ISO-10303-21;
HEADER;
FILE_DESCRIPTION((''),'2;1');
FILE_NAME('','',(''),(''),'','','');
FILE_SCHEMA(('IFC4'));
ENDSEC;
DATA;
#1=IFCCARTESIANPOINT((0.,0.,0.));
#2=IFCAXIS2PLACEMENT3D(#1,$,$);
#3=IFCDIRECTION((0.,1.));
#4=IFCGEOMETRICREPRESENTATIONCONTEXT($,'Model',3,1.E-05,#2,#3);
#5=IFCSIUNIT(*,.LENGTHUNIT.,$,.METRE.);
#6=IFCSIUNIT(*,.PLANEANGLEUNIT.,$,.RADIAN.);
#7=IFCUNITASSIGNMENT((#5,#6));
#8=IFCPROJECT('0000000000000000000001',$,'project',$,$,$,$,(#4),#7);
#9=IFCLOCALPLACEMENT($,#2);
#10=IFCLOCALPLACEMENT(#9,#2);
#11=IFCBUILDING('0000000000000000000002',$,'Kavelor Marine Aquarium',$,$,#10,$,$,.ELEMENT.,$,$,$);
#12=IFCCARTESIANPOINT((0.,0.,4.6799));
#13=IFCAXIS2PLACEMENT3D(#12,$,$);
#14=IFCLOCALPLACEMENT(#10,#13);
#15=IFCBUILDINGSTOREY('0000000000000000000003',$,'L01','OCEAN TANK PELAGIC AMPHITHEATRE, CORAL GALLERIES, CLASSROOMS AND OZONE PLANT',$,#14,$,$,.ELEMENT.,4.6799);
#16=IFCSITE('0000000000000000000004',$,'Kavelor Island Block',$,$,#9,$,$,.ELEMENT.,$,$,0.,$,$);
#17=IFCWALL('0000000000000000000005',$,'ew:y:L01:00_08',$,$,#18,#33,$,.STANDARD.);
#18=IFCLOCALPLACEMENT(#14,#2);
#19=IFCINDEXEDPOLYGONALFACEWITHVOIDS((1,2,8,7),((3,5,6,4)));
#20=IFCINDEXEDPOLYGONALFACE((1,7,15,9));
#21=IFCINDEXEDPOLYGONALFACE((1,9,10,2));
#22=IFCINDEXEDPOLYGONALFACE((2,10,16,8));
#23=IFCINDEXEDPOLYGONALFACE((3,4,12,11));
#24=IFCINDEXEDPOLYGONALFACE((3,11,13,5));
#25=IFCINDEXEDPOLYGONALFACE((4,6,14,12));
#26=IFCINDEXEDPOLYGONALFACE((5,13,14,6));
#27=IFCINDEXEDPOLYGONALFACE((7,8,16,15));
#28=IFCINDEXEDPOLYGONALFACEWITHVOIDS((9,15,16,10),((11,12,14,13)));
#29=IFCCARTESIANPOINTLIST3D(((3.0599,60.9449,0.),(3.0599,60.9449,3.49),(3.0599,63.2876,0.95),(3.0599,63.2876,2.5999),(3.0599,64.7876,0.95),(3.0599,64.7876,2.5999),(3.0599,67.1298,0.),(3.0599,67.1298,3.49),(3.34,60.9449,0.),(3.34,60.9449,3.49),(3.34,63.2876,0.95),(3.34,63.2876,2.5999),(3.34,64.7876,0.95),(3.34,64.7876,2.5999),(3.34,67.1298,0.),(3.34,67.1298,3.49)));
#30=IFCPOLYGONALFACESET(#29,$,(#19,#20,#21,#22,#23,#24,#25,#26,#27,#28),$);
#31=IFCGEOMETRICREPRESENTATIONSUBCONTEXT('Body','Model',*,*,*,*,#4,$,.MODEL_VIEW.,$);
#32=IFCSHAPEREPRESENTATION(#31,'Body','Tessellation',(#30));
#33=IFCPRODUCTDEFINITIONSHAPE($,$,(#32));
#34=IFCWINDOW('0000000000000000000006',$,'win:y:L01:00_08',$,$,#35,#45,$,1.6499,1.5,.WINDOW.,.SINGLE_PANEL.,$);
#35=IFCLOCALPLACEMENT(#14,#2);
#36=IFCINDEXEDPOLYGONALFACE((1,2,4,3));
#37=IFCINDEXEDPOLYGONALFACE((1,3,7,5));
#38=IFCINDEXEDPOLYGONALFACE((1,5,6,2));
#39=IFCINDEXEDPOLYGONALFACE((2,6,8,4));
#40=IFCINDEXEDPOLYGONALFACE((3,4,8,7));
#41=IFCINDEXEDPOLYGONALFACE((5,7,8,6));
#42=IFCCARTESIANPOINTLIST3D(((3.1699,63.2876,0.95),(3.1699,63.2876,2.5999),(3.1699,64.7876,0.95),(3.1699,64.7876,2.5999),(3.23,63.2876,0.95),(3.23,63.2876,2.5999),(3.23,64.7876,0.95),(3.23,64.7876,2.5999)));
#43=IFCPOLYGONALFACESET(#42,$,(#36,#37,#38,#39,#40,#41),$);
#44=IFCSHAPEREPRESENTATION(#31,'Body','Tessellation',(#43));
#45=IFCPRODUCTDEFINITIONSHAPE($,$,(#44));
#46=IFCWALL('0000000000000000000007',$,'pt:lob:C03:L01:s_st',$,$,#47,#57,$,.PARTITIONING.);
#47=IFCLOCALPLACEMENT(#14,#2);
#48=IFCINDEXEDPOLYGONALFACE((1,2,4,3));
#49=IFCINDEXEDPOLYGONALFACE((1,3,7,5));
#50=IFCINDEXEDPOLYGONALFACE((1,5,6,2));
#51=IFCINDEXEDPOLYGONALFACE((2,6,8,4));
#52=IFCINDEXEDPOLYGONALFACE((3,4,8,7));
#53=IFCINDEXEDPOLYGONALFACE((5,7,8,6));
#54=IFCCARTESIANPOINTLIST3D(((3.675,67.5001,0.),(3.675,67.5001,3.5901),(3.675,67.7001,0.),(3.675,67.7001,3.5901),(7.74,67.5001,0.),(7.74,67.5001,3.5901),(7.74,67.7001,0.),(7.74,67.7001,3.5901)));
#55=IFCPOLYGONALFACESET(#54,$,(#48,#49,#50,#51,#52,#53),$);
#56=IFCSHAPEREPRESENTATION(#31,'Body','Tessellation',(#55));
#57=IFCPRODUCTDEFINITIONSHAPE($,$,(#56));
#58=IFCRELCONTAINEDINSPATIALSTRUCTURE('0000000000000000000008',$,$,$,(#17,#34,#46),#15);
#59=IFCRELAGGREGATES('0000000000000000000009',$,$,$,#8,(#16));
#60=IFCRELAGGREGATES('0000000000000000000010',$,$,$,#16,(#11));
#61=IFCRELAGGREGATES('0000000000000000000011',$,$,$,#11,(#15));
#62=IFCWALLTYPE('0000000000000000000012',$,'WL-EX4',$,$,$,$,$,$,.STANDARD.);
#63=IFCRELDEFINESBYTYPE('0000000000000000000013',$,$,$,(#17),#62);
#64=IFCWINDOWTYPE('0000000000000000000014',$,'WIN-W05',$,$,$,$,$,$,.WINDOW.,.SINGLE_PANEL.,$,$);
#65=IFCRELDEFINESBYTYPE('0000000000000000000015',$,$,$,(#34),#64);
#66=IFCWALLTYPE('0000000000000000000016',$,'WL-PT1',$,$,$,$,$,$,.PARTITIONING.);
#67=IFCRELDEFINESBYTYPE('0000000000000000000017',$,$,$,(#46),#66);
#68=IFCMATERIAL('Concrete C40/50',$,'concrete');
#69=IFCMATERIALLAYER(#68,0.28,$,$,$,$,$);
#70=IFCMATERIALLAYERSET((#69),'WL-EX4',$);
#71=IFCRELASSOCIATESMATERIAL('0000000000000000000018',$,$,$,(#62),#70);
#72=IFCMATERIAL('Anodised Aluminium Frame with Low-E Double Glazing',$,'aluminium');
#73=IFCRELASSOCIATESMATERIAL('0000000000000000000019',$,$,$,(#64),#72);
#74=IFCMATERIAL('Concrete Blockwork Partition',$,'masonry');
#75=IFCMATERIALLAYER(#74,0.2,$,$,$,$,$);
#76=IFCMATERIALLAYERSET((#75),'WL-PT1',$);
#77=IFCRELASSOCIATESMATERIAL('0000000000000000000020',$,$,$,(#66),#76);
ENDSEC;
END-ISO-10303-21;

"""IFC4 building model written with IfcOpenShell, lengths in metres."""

from ifc_helpers import new_model, si_unit, direction, frame, frame_2d, origin, place, context, subcontext, project, spatial, rectangle, extrude, material, layer, layer_set, type_object, element, fill, save


model = new_model("IFC4")

# Units and contexts
model_context = context("Model", 3, precision=1e-05, world=origin(), true_north=direction((0.0, 1.0)))
body_context = subcontext(model_context, "Body", "Model", "MODEL_VIEW")
ifc_project = project(units=[si_unit("LENGTHUNIT", "METRE"), si_unit("PLANEANGLEUNIT", "RADIAN")], contexts=[model_context])

# Site, building, storey
site_placement = place(None, origin())
site = spatial("IfcSite", under=ifc_project, at=site_placement, Name="Kavelor Island Block", CompositionType="ELEMENT", RefElevation=0.0)
building_placement = place(site_placement, origin())
building = spatial("IfcBuilding", under=site, at=building_placement, Name="Kavelor Marine Aquarium", CompositionType="ELEMENT")
storey_placement = place(building_placement, frame((0.0, 0.0, 4.6799)))
storey = spatial("IfcBuildingStorey", under=building, at=storey_placement, Name="L01", Description="OCEAN TANK PELAGIC AMPHITHEATRE, CORAL GALLERIES, CLASSROOMS AND OZONE PLANT", CompositionType="ELEMENT", Elevation=4.6799)

# Wall, opening, window
ifc_material_1 = material(Name="Concrete C40/50", Category="concrete")
ifc_layer_1 = layer(ifc_material_1, 0.28)
ifc_layer_set_1 = layer_set([ifc_layer_1], Name="WL-EX4")
wall_type_1 = type_object("IfcWallType", Name="WL-EX4", PredefinedType="STANDARD", material=ifc_layer_set_1)
wall_1_placement = place(storey_placement, frame((3.2, 60.9451, 0.0), z_axis=(0.0, 0.0, 1.0), x_axis=(0.0, 1.0, 0.0)))
wall_1 = element("IfcWall", 1, at=wall_1_placement, inside=storey, type_object=wall_type_1, Name="ew:y:L01:00_08", PredefinedType="STANDARD", context=body_context, shape_type="SweptSolid", body=[
    extrude(rectangle(XDim=6.1848, YDim=0.28, at=frame_2d((3.0923, 0.0))), origin(), (0.0, 0.0, 1.0), 3.49),
])
opening_placement = place(wall_1_placement, frame((2.3425, 0.0, 0.95)))
opening = element("IfcOpeningElement", 2, at=opening_placement, cuts=wall_1, PredefinedType="OPENING", context=body_context, shape_type="SweptSolid", body=[
    extrude(rectangle(XDim=1.5, YDim=1.6499, at=frame_2d((0.75, 0.825))), frame((0.0, 0.1499, 0.0), z_axis=(0.0, -1.0, 0.0), x_axis=(1.0, 0.0, 0.0)), (0.0, 0.0, 1.0), 0.3),
])
ifc_material_2 = material(Name="Anodised Aluminium Frame with Low-E Double Glazing", Category="aluminium")
window_type = type_object("IfcWindowType", Name="WIN-W05", PartitioningType="SINGLE_PANEL", PredefinedType="WINDOW", material=ifc_material_2)
window_placement = place(opening_placement, origin())
window = element("IfcWindow", 3, at=window_placement, inside=storey, type_object=window_type, Name="win:y:L01:00_08", OverallHeight=1.6499, OverallWidth=1.5, PartitioningType="SINGLE_PANEL", PredefinedType="WINDOW", context=body_context, shape_type="SweptSolid", body=[
    extrude(rectangle(XDim=1.5, YDim=1.6499, at=frame_2d((0.75, 0.825))), frame((0.0, 0.03, 0.0), z_axis=(0.0, -1.0, 0.0), x_axis=(1.0, 0.0, 0.0)), (0.0, 0.0, 1.0), 0.0601),
])
fill(opening, window)

# Wall
ifc_material_3 = material(Name="Concrete Blockwork Partition", Category="masonry")
ifc_layer_2 = layer(ifc_material_3, 0.2)
ifc_layer_set_2 = layer_set([ifc_layer_2], Name="WL-PT1")
wall_type_2 = type_object("IfcWallType", Name="WL-PT1", PredefinedType="PARTITIONING", material=ifc_layer_set_2)
wall_2_placement = place(storey_placement, frame((3.675, 67.6001, 0.0), z_axis=(0.0, 0.0, 1.0), x_axis=(1.0, 0.0, 0.0)))
element("IfcWall", 4, at=wall_2_placement, inside=storey, type_object=wall_type_2, Name="pt:lob:C03:L01:s_st", PredefinedType="PARTITIONING", context=body_context, shape_type="SweptSolid", body=[
    extrude(rectangle(XDim=4.0649, YDim=0.2, at=frame_2d((2.0325, 0.0))), origin(), (0.0, 0.0, 1.0), 3.5901),
])

save(model, "model.ifc")
